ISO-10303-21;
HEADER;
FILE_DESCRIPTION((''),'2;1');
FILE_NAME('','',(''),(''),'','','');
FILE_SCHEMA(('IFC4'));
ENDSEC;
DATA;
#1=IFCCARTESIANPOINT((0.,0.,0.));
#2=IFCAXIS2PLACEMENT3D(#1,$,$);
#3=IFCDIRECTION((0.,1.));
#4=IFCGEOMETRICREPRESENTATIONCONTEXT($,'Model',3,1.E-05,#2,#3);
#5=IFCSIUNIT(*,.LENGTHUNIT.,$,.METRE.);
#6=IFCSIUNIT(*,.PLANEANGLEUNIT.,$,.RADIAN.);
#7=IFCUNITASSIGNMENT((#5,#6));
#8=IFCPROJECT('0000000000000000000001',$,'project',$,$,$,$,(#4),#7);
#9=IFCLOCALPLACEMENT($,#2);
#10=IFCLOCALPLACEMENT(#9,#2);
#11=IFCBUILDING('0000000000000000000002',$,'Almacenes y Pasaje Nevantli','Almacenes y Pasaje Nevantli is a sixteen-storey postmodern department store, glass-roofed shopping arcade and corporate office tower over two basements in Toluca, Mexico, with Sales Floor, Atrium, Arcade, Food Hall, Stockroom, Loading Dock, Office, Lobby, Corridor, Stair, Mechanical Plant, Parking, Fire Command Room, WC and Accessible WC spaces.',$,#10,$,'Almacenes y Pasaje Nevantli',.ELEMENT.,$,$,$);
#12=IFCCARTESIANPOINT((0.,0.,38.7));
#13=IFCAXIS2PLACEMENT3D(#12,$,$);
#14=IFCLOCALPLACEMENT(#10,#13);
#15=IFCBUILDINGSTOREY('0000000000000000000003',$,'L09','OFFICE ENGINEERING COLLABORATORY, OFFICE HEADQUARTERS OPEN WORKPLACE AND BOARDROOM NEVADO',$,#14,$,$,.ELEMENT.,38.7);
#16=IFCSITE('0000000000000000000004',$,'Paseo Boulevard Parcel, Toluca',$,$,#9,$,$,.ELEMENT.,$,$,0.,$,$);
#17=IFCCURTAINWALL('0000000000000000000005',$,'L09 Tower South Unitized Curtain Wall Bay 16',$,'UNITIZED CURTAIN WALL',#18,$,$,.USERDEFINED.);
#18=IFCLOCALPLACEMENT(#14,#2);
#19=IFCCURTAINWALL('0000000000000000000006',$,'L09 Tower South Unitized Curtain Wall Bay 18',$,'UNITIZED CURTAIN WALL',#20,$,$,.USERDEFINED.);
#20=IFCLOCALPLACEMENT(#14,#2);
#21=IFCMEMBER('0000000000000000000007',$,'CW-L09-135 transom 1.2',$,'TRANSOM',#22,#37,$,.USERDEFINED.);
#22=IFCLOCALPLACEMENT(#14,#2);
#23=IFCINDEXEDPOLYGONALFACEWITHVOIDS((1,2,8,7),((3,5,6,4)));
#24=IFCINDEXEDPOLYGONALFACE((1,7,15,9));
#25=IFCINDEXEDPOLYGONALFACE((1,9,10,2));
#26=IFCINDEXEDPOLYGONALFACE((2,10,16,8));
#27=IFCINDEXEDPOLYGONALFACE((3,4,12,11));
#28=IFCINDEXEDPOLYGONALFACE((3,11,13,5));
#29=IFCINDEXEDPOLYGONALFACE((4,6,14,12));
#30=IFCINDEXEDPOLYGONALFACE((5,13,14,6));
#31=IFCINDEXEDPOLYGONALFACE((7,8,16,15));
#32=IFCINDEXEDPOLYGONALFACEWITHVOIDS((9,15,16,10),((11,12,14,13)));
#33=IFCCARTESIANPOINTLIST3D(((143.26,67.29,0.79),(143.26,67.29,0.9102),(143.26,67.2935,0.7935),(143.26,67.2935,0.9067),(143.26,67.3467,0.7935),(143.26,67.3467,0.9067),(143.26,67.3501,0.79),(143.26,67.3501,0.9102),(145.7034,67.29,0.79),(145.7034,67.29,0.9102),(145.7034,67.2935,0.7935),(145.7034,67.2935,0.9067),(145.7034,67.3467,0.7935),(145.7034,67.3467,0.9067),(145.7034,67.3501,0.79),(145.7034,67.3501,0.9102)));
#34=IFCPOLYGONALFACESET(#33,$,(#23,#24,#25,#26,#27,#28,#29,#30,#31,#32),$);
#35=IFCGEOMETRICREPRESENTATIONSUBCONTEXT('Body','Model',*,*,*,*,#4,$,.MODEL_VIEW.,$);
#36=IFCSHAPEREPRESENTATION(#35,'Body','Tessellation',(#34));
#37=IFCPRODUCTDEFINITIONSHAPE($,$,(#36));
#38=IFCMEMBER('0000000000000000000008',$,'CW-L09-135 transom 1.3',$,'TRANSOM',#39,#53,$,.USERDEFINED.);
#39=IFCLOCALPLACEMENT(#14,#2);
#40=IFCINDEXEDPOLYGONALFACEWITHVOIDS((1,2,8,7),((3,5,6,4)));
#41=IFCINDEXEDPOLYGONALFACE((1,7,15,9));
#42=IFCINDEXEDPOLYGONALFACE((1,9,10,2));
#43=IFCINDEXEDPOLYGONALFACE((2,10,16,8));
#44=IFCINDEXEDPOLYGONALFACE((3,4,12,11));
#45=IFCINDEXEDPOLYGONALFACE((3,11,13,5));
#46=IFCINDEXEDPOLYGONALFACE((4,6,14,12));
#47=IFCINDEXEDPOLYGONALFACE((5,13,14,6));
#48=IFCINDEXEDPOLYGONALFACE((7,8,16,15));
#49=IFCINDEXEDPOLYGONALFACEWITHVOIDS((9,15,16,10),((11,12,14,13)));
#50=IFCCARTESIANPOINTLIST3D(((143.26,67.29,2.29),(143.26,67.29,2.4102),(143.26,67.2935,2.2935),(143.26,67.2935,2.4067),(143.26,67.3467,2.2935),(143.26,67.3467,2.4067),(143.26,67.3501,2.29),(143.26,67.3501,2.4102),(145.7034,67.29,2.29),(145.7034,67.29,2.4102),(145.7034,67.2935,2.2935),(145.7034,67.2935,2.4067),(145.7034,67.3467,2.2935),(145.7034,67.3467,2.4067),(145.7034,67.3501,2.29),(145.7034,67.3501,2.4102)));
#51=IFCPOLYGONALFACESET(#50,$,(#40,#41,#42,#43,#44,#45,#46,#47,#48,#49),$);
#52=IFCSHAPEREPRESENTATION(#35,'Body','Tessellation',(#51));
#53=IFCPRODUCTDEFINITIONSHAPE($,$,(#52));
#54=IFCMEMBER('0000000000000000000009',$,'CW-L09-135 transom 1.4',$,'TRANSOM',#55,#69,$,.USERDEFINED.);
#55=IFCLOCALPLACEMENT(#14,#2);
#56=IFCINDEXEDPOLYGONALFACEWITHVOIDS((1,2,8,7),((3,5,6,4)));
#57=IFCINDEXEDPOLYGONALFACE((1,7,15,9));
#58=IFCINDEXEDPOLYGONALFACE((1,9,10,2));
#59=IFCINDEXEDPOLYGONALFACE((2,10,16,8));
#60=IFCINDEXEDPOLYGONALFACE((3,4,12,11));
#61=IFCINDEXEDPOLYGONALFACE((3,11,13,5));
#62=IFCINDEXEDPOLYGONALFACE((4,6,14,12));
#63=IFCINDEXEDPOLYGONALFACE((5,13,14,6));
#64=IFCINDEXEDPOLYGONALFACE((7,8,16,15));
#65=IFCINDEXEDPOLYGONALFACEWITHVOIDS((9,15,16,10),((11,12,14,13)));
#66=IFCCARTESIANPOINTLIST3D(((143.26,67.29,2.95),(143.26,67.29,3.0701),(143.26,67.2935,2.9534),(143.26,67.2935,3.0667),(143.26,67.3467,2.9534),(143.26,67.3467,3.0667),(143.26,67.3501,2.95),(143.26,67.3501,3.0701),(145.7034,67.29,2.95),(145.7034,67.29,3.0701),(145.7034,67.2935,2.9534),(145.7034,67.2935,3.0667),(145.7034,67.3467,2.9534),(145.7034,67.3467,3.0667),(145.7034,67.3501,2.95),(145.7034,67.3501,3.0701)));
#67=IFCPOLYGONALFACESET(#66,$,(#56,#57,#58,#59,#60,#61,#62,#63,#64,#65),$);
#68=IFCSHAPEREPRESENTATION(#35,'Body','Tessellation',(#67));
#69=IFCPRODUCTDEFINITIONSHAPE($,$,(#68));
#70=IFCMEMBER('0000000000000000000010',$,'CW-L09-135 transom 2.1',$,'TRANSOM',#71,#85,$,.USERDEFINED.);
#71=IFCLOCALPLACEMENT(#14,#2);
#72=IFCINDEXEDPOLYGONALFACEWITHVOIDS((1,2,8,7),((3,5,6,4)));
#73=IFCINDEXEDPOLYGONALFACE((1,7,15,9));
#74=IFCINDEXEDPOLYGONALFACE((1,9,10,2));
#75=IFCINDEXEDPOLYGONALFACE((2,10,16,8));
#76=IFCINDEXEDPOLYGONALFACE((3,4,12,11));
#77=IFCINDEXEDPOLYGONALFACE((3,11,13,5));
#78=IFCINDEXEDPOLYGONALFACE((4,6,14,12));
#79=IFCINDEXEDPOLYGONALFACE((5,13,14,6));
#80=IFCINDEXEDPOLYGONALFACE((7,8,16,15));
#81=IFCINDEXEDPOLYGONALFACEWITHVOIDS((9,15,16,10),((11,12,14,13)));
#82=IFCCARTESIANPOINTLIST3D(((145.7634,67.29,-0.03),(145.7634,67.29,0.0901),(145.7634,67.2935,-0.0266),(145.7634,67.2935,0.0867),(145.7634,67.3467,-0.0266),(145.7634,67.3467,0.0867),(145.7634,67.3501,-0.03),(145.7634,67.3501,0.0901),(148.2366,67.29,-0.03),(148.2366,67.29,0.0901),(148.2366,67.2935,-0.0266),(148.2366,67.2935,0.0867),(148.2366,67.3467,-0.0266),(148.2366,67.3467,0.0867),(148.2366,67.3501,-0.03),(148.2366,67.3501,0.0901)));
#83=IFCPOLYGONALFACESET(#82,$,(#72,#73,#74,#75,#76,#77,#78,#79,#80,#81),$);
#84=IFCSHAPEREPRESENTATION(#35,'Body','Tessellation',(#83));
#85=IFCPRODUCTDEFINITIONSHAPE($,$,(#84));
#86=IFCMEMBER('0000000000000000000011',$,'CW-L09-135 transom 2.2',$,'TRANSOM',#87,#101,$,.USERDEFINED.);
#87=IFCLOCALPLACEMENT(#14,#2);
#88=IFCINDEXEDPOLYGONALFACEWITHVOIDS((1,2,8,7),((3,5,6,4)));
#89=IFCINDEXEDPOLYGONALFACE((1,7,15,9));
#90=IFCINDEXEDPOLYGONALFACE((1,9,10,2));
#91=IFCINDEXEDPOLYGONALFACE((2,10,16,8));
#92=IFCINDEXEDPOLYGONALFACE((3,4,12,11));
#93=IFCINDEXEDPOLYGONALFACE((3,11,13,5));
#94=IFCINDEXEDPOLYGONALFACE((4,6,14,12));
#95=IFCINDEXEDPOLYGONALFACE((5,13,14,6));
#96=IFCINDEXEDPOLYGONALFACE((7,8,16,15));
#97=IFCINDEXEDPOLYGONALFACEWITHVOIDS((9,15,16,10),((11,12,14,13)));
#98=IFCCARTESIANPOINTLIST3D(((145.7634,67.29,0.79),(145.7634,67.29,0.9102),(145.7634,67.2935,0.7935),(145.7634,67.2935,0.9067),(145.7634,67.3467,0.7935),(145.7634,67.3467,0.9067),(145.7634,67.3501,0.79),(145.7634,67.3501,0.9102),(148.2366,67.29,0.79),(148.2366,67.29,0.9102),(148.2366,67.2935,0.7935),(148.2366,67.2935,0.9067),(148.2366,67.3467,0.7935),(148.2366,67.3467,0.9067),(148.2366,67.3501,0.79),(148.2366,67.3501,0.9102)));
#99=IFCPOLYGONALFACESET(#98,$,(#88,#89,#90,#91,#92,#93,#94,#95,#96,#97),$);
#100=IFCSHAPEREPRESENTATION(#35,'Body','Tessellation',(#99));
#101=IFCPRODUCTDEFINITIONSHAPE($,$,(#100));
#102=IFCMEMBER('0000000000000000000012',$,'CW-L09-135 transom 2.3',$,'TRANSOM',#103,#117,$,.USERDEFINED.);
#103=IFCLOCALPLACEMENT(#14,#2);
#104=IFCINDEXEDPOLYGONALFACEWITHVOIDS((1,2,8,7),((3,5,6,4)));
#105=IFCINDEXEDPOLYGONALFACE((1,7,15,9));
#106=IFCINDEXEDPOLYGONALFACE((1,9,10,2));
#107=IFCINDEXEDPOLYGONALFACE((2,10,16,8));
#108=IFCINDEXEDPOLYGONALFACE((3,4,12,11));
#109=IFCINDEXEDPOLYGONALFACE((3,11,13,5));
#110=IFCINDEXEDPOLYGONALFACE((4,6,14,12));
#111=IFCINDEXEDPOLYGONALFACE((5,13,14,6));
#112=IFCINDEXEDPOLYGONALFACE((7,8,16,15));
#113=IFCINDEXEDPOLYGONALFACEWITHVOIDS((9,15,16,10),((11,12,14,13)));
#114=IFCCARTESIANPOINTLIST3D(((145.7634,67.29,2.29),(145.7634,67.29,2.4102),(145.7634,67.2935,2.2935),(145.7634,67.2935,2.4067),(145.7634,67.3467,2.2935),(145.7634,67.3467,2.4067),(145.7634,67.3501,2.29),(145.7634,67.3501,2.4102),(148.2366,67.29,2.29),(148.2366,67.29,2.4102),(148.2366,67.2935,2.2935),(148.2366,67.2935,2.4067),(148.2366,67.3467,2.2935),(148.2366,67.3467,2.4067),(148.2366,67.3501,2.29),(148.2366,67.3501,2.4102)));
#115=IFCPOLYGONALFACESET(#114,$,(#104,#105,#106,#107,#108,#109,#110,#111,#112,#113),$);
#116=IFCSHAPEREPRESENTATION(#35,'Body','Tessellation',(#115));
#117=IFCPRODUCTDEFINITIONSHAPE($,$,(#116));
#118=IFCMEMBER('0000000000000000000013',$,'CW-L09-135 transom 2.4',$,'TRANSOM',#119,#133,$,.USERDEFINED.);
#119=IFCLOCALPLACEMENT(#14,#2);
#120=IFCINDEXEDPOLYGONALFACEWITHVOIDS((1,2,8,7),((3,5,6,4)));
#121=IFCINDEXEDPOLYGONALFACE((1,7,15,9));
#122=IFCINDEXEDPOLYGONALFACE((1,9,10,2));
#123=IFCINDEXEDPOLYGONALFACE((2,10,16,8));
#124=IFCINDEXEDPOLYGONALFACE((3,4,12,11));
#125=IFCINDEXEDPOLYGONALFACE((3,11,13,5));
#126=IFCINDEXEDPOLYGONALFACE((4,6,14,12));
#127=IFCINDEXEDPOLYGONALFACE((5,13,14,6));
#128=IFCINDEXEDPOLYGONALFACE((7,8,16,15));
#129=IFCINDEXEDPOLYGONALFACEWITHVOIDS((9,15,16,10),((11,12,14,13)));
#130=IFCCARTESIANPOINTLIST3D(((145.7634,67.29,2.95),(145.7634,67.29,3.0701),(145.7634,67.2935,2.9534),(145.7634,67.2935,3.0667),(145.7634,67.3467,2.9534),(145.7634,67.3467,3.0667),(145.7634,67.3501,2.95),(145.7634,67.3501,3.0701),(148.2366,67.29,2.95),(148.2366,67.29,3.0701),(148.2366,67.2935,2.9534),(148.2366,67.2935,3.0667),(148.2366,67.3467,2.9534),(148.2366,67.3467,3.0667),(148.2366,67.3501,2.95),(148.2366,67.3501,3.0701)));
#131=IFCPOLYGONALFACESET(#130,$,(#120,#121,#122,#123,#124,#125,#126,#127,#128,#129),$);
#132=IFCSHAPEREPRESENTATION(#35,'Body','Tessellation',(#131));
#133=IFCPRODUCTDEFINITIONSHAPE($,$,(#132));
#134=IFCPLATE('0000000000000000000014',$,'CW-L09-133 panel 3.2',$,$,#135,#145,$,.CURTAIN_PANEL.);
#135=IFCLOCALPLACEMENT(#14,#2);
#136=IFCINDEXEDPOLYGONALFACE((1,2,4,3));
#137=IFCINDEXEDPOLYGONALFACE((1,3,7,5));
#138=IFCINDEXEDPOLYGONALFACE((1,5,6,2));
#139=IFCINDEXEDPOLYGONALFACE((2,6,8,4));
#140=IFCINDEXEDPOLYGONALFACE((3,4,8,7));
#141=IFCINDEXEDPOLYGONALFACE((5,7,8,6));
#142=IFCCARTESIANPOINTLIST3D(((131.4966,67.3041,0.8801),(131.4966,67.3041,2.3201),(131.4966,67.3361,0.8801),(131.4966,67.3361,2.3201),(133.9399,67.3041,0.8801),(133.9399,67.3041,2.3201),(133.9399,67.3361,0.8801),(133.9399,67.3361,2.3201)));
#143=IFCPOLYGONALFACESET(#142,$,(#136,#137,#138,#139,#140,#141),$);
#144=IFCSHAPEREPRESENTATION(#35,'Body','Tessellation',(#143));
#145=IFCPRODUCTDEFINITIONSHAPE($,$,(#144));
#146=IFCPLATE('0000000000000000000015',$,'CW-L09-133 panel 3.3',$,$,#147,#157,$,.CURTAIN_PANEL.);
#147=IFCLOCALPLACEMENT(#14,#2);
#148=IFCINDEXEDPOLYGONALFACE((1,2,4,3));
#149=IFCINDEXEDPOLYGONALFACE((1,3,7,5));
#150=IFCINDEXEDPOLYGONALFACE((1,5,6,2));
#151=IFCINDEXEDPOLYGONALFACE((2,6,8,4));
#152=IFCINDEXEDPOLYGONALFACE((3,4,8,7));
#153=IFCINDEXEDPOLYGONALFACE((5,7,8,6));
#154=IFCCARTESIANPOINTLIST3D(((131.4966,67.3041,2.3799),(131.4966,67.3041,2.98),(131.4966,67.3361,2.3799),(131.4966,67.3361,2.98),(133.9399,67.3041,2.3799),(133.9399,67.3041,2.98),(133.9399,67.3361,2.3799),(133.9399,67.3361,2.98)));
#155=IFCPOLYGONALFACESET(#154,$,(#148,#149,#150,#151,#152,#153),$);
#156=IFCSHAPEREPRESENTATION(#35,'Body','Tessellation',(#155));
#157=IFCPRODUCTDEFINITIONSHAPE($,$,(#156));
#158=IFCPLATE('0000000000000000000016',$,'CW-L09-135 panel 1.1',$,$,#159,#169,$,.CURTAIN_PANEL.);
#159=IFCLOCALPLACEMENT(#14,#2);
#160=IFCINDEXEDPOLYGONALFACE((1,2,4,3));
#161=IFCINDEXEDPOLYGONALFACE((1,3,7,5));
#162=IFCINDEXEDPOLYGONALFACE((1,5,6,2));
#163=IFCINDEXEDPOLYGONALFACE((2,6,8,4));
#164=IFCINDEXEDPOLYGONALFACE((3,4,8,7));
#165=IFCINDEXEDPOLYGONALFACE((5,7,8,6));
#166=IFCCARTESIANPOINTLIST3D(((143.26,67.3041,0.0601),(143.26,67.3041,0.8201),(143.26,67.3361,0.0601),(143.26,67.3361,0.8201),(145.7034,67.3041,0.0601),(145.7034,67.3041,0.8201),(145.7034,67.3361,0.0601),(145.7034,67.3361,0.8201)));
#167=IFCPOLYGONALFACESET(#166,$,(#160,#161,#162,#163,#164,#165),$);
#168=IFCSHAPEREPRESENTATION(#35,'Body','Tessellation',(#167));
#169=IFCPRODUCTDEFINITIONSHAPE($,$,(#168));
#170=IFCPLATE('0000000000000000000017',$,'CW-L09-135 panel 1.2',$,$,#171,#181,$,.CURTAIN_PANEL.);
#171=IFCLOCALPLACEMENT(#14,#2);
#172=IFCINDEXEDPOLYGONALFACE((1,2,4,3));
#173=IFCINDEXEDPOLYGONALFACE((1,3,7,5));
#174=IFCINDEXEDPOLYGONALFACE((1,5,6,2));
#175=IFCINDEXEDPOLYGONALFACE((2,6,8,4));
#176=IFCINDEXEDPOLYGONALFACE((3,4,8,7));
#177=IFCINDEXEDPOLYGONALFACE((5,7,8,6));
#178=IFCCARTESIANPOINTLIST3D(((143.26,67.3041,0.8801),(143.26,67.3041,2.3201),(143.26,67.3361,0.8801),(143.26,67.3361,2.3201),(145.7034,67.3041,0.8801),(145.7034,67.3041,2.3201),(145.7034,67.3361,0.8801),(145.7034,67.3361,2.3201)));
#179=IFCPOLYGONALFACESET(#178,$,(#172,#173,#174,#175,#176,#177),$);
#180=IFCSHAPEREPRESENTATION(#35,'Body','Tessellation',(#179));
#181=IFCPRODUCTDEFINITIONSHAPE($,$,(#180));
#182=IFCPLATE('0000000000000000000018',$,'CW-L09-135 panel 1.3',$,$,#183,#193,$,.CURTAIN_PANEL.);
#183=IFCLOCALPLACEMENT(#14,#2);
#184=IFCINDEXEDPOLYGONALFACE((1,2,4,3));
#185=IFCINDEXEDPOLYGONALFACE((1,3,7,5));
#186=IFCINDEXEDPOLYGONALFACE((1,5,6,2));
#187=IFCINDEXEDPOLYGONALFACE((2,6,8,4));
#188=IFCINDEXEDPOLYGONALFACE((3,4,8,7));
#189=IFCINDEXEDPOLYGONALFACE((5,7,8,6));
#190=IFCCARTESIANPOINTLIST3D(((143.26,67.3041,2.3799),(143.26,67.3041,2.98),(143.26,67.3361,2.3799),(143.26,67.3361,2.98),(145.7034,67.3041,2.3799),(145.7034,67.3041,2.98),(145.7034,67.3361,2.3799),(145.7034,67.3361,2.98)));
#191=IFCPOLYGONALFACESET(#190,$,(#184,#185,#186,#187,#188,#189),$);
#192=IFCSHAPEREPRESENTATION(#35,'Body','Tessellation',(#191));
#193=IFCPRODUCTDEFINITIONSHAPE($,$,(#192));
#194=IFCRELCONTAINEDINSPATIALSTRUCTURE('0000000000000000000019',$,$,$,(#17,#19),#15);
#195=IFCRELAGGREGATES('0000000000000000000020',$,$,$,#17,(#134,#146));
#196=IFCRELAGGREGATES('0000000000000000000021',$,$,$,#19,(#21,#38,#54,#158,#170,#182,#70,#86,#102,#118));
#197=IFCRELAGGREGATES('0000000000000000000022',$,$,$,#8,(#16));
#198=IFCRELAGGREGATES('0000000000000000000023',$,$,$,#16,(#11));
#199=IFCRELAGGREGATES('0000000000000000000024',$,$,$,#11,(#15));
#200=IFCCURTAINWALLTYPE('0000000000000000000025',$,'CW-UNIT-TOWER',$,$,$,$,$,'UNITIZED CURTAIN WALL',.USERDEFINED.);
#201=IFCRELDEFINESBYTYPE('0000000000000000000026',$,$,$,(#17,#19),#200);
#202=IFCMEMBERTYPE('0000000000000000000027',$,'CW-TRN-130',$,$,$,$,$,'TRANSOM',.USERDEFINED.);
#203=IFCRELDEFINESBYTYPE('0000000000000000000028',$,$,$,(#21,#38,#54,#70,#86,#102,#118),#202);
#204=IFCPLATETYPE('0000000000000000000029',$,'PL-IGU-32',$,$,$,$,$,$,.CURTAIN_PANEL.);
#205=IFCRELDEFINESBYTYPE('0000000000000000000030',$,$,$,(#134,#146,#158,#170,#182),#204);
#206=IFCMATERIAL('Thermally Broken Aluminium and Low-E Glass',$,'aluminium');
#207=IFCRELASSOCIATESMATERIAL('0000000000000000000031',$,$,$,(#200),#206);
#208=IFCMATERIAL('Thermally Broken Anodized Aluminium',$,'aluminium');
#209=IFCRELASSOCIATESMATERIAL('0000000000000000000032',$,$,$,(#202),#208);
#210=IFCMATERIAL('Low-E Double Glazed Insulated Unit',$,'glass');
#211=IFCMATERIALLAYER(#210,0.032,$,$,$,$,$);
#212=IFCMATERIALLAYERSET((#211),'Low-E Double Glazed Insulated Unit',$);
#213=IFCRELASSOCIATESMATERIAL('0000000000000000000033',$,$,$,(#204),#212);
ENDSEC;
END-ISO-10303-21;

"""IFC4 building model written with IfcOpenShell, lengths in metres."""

from ifc_helpers import new_model, si_unit, direction, frame, origin, origin_2d, place, context, subcontext, project, spatial, rectangle, hollow_rectangle, extrude, material, layer, layer_set, material_profile, profile_set, type_object, element, aggregate, save


model = new_model("IFC4")

# Units and contexts
model_context = context("Model", 3, precision=1e-05, world=origin(), true_north=direction((0.0, 1.0)))
body_context = subcontext(model_context, "Body", "Model", "MODEL_VIEW")
ifc_project = project(units=[si_unit("LENGTHUNIT", "METRE"), si_unit("PLANEANGLEUNIT", "RADIAN")], contexts=[model_context])

# Site, building, storey
site_placement = place(None, origin())
site = spatial("IfcSite", under=ifc_project, at=site_placement, Name="Paseo Boulevard Parcel, Toluca", CompositionType="ELEMENT", RefElevation=0.0)
building_placement = place(site_placement, origin())
building = spatial("IfcBuilding", under=site, at=building_placement, Name="Almacenes y Pasaje Nevantli", Description="Almacenes y Pasaje Nevantli is a sixteen-storey postmodern department store, glass-roofed shopping arcade and corporate office tower over two basements in Toluca, Mexico, with Sales Floor, Atrium, Arcade, Food Hall, Stockroom, Loading Dock, Office, Lobby, Corridor, Stair, Mechanical Plant, Parking, Fire Command Room, WC and Accessible WC spaces.", LongName="Almacenes y Pasaje Nevantli", CompositionType="ELEMENT")
storey_placement = place(building_placement, frame((0.0, 0.0, 38.7)))
storey = spatial("IfcBuildingStorey", under=building, at=storey_placement, Name="L09", Description="OFFICE ENGINEERING COLLABORATORY, OFFICE HEADQUARTERS OPEN WORKPLACE AND BOARDROOM NEVADO", CompositionType="ELEMENT", Elevation=38.7)

# Curtain wall
ifc_material_1 = material(Name="Thermally Broken Aluminium and Low-E Glass", Category="aluminium")
curtain_wall_type = type_object("IfcCurtainWallType", Name="CW-UNIT-TOWER", ElementType="UNITIZED CURTAIN WALL", PredefinedType="USERDEFINED", material=ifc_material_1)
curtain_wall_1_placement = place(storey_placement, origin())
curtain_wall_1 = element("IfcCurtainWall", 1, at=curtain_wall_1_placement, inside=storey, type_object=curtain_wall_type, Name="L09 Tower South Unitized Curtain Wall Bay 16", ObjectType="UNITIZED CURTAIN WALL", PredefinedType="USERDEFINED")

# Curtain wall, members
curtain_wall_2_placement = place(storey_placement, origin())
curtain_wall_2 = element("IfcCurtainWall", 2, at=curtain_wall_2_placement, inside=storey, type_object=curtain_wall_type, Name="L09 Tower South Unitized Curtain Wall Bay 18", ObjectType="UNITIZED CURTAIN WALL", PredefinedType="USERDEFINED")
ifc_material_2 = material(Name="Thermally Broken Anodized Aluminium", Category="aluminium")
ifc_material_profile_1 = material_profile(ifc_material_2, hollow_rectangle(XDim=0.0601, YDim=0.1201, WallThickness=0.0034, at=origin_2d()), Name="ALU-TRN-60x120")
ifc_profile_set_1 = profile_set([ifc_material_profile_1], Name="Thermally Broken Anodized Aluminium")
member_type_1 = type_object("IfcMemberType", Name="CW-TRN-130", ElementType="TRANSOM", PredefinedType="USERDEFINED", material=ifc_profile_set_1)
member_1_placement = place(storey_placement, frame((143.26, 67.3201, 0.8501), z_axis=(1.0, 0.0, 0.0), x_axis=(0.0, 1.0, 0.0)))
member_1 = element("IfcMember", 3, at=member_1_placement, type_object=member_type_1, Name="CW-L09-135 transom 1.2", ObjectType="TRANSOM", PredefinedType="USERDEFINED", context=body_context, shape_type="SweptSolid", body=[
    extrude(hollow_rectangle(XDim=0.0601, YDim=0.1201, WallThickness=0.0034, at=origin_2d()), origin(), (0.0, 0.0, 1.0), 2.4434),
])
member_2_placement = place(storey_placement, frame((143.26, 67.3201, 2.3501), z_axis=(1.0, 0.0, 0.0), x_axis=(0.0, 1.0, 0.0)))
member_2 = element("IfcMember", 4, at=member_2_placement, type_object=member_type_1, Name="CW-L09-135 transom 1.3", ObjectType="TRANSOM", PredefinedType="USERDEFINED", context=body_context, shape_type="SweptSolid", body=[
    extrude(hollow_rectangle(XDim=0.0601, YDim=0.1201, WallThickness=0.0034, at=origin_2d()), origin(), (0.0, 0.0, 1.0), 2.4434),
])
member_3_placement = place(storey_placement, frame((143.26, 67.3201, 3.01), z_axis=(1.0, 0.0, 0.0), x_axis=(0.0, 1.0, 0.0)))
member_3 = element("IfcMember", 5, at=member_3_placement, type_object=member_type_1, Name="CW-L09-135 transom 1.4", ObjectType="TRANSOM", PredefinedType="USERDEFINED", context=body_context, shape_type="SweptSolid", body=[
    extrude(hollow_rectangle(XDim=0.0601, YDim=0.1201, WallThickness=0.0034, at=origin_2d()), origin(), (0.0, 0.0, 1.0), 2.4434),
])
member_4_placement = place(storey_placement, frame((145.7634, 67.3201, 0.03), z_axis=(1.0, 0.0, 0.0), x_axis=(0.0, 1.0, 0.0)))
member_4 = element("IfcMember", 6, at=member_4_placement, type_object=member_type_1, Name="CW-L09-135 transom 2.1", ObjectType="TRANSOM", PredefinedType="USERDEFINED", context=body_context, shape_type="SweptSolid", body=[
    extrude(hollow_rectangle(XDim=0.0601, YDim=0.1201, WallThickness=0.0034, at=origin_2d()), origin(), (0.0, 0.0, 1.0), 2.4731),
])
member_5_placement = place(storey_placement, frame((145.7634, 67.3201, 0.8501), z_axis=(1.0, 0.0, 0.0), x_axis=(0.0, 1.0, 0.0)))
member_5 = element("IfcMember", 7, at=member_5_placement, type_object=member_type_1, Name="CW-L09-135 transom 2.2", ObjectType="TRANSOM", PredefinedType="USERDEFINED", context=body_context, shape_type="SweptSolid", body=[
    extrude(hollow_rectangle(XDim=0.0601, YDim=0.1201, WallThickness=0.0034, at=origin_2d()), origin(), (0.0, 0.0, 1.0), 2.4731),
])
member_6_placement = place(storey_placement, frame((145.7634, 67.3201, 2.3501), z_axis=(1.0, 0.0, 0.0), x_axis=(0.0, 1.0, 0.0)))
member_6 = element("IfcMember", 8, at=member_6_placement, type_object=member_type_1, Name="CW-L09-135 transom 2.3", ObjectType="TRANSOM", PredefinedType="USERDEFINED", context=body_context, shape_type="SweptSolid", body=[
    extrude(hollow_rectangle(XDim=0.0601, YDim=0.1201, WallThickness=0.0034, at=origin_2d()), origin(), (0.0, 0.0, 1.0), 2.4731),
])
member_7_placement = place(storey_placement, frame((145.7634, 67.3201, 3.01), z_axis=(1.0, 0.0, 0.0), x_axis=(0.0, 1.0, 0.0)))
member_7 = element("IfcMember", 9, at=member_7_placement, type_object=member_type_1, Name="CW-L09-135 transom 2.4", ObjectType="TRANSOM", PredefinedType="USERDEFINED", context=body_context, shape_type="SweptSolid", body=[
    extrude(hollow_rectangle(XDim=0.0601, YDim=0.1201, WallThickness=0.0034, at=origin_2d()), origin(), (0.0, 0.0, 1.0), 2.4731),
])

# Plates
ifc_material_3 = material(Name="Low-E Double Glazed Insulated Unit", Category="glass")
ifc_layer_1 = layer(ifc_material_3, 0.032)
ifc_layer_set_1 = layer_set([ifc_layer_1], Name="Low-E Double Glazed Insulated Unit")
plate_type = type_object("IfcPlateType", Name="PL-IGU-32", PredefinedType="CURTAIN_PANEL", material=ifc_layer_set_1)
plate_1_placement = place(storey_placement, frame((132.7183, 67.3201, 0.8801), z_axis=(0.0, 0.0, 1.0), x_axis=(1.0, 0.0, 0.0)))
plate_1 = element("IfcPlate", 10, at=plate_1_placement, type_object=plate_type, Name="CW-L09-133 panel 3.2", PredefinedType="CURTAIN_PANEL", context=body_context, shape_type="SweptSolid", body=[
    extrude(rectangle(XDim=2.4434, YDim=0.032, at=origin_2d()), origin(), (0.0, 0.0, 1.0), 1.4399),
])
plate_2_placement = place(storey_placement, frame((132.7183, 67.3201, 2.3799), z_axis=(0.0, 0.0, 1.0), x_axis=(1.0, 0.0, 0.0)))
plate_2 = element("IfcPlate", 11, at=plate_2_placement, type_object=plate_type, Name="CW-L09-133 panel 3.3", PredefinedType="CURTAIN_PANEL", context=body_context, shape_type="SweptSolid", body=[
    extrude(rectangle(XDim=2.4434, YDim=0.032, at=origin_2d()), origin(), (0.0, 0.0, 1.0), 0.6001),
])
aggregate(curtain_wall_1, [plate_1, plate_2])
plate_3_placement = place(storey_placement, frame((144.4817, 67.3201, 0.0601), z_axis=(0.0, 0.0, 1.0), x_axis=(1.0, 0.0, 0.0)))
plate_3 = element("IfcPlate", 12, at=plate_3_placement, type_object=plate_type, Name="CW-L09-135 panel 1.1", PredefinedType="CURTAIN_PANEL", context=body_context, shape_type="SweptSolid", body=[
    extrude(rectangle(XDim=2.4434, YDim=0.032, at=origin_2d()), origin(), (0.0, 0.0, 1.0), 0.76),
])
plate_4_placement = place(storey_placement, frame((144.4817, 67.3201, 0.8801), z_axis=(0.0, 0.0, 1.0), x_axis=(1.0, 0.0, 0.0)))
plate_4 = element("IfcPlate", 13, at=plate_4_placement, type_object=plate_type, Name="CW-L09-135 panel 1.2", PredefinedType="CURTAIN_PANEL", context=body_context, shape_type="SweptSolid", body=[
    extrude(rectangle(XDim=2.4434, YDim=0.032, at=origin_2d()), origin(), (0.0, 0.0, 1.0), 1.4399),
])
plate_5_placement = place(storey_placement, frame((144.4817, 67.3201, 2.3799), z_axis=(0.0, 0.0, 1.0), x_axis=(1.0, 0.0, 0.0)))
plate_5 = element("IfcPlate", 14, at=plate_5_placement, type_object=plate_type, Name="CW-L09-135 panel 1.3", PredefinedType="CURTAIN_PANEL", context=body_context, shape_type="SweptSolid", body=[
    extrude(rectangle(XDim=2.4434, YDim=0.032, at=origin_2d()), origin(), (0.0, 0.0, 1.0), 0.6001),
])
aggregate(curtain_wall_2, [member_1, member_2, member_3, plate_3, plate_4, plate_5, member_4, member_5, member_6, member_7])

save(model, "model.ifc")
